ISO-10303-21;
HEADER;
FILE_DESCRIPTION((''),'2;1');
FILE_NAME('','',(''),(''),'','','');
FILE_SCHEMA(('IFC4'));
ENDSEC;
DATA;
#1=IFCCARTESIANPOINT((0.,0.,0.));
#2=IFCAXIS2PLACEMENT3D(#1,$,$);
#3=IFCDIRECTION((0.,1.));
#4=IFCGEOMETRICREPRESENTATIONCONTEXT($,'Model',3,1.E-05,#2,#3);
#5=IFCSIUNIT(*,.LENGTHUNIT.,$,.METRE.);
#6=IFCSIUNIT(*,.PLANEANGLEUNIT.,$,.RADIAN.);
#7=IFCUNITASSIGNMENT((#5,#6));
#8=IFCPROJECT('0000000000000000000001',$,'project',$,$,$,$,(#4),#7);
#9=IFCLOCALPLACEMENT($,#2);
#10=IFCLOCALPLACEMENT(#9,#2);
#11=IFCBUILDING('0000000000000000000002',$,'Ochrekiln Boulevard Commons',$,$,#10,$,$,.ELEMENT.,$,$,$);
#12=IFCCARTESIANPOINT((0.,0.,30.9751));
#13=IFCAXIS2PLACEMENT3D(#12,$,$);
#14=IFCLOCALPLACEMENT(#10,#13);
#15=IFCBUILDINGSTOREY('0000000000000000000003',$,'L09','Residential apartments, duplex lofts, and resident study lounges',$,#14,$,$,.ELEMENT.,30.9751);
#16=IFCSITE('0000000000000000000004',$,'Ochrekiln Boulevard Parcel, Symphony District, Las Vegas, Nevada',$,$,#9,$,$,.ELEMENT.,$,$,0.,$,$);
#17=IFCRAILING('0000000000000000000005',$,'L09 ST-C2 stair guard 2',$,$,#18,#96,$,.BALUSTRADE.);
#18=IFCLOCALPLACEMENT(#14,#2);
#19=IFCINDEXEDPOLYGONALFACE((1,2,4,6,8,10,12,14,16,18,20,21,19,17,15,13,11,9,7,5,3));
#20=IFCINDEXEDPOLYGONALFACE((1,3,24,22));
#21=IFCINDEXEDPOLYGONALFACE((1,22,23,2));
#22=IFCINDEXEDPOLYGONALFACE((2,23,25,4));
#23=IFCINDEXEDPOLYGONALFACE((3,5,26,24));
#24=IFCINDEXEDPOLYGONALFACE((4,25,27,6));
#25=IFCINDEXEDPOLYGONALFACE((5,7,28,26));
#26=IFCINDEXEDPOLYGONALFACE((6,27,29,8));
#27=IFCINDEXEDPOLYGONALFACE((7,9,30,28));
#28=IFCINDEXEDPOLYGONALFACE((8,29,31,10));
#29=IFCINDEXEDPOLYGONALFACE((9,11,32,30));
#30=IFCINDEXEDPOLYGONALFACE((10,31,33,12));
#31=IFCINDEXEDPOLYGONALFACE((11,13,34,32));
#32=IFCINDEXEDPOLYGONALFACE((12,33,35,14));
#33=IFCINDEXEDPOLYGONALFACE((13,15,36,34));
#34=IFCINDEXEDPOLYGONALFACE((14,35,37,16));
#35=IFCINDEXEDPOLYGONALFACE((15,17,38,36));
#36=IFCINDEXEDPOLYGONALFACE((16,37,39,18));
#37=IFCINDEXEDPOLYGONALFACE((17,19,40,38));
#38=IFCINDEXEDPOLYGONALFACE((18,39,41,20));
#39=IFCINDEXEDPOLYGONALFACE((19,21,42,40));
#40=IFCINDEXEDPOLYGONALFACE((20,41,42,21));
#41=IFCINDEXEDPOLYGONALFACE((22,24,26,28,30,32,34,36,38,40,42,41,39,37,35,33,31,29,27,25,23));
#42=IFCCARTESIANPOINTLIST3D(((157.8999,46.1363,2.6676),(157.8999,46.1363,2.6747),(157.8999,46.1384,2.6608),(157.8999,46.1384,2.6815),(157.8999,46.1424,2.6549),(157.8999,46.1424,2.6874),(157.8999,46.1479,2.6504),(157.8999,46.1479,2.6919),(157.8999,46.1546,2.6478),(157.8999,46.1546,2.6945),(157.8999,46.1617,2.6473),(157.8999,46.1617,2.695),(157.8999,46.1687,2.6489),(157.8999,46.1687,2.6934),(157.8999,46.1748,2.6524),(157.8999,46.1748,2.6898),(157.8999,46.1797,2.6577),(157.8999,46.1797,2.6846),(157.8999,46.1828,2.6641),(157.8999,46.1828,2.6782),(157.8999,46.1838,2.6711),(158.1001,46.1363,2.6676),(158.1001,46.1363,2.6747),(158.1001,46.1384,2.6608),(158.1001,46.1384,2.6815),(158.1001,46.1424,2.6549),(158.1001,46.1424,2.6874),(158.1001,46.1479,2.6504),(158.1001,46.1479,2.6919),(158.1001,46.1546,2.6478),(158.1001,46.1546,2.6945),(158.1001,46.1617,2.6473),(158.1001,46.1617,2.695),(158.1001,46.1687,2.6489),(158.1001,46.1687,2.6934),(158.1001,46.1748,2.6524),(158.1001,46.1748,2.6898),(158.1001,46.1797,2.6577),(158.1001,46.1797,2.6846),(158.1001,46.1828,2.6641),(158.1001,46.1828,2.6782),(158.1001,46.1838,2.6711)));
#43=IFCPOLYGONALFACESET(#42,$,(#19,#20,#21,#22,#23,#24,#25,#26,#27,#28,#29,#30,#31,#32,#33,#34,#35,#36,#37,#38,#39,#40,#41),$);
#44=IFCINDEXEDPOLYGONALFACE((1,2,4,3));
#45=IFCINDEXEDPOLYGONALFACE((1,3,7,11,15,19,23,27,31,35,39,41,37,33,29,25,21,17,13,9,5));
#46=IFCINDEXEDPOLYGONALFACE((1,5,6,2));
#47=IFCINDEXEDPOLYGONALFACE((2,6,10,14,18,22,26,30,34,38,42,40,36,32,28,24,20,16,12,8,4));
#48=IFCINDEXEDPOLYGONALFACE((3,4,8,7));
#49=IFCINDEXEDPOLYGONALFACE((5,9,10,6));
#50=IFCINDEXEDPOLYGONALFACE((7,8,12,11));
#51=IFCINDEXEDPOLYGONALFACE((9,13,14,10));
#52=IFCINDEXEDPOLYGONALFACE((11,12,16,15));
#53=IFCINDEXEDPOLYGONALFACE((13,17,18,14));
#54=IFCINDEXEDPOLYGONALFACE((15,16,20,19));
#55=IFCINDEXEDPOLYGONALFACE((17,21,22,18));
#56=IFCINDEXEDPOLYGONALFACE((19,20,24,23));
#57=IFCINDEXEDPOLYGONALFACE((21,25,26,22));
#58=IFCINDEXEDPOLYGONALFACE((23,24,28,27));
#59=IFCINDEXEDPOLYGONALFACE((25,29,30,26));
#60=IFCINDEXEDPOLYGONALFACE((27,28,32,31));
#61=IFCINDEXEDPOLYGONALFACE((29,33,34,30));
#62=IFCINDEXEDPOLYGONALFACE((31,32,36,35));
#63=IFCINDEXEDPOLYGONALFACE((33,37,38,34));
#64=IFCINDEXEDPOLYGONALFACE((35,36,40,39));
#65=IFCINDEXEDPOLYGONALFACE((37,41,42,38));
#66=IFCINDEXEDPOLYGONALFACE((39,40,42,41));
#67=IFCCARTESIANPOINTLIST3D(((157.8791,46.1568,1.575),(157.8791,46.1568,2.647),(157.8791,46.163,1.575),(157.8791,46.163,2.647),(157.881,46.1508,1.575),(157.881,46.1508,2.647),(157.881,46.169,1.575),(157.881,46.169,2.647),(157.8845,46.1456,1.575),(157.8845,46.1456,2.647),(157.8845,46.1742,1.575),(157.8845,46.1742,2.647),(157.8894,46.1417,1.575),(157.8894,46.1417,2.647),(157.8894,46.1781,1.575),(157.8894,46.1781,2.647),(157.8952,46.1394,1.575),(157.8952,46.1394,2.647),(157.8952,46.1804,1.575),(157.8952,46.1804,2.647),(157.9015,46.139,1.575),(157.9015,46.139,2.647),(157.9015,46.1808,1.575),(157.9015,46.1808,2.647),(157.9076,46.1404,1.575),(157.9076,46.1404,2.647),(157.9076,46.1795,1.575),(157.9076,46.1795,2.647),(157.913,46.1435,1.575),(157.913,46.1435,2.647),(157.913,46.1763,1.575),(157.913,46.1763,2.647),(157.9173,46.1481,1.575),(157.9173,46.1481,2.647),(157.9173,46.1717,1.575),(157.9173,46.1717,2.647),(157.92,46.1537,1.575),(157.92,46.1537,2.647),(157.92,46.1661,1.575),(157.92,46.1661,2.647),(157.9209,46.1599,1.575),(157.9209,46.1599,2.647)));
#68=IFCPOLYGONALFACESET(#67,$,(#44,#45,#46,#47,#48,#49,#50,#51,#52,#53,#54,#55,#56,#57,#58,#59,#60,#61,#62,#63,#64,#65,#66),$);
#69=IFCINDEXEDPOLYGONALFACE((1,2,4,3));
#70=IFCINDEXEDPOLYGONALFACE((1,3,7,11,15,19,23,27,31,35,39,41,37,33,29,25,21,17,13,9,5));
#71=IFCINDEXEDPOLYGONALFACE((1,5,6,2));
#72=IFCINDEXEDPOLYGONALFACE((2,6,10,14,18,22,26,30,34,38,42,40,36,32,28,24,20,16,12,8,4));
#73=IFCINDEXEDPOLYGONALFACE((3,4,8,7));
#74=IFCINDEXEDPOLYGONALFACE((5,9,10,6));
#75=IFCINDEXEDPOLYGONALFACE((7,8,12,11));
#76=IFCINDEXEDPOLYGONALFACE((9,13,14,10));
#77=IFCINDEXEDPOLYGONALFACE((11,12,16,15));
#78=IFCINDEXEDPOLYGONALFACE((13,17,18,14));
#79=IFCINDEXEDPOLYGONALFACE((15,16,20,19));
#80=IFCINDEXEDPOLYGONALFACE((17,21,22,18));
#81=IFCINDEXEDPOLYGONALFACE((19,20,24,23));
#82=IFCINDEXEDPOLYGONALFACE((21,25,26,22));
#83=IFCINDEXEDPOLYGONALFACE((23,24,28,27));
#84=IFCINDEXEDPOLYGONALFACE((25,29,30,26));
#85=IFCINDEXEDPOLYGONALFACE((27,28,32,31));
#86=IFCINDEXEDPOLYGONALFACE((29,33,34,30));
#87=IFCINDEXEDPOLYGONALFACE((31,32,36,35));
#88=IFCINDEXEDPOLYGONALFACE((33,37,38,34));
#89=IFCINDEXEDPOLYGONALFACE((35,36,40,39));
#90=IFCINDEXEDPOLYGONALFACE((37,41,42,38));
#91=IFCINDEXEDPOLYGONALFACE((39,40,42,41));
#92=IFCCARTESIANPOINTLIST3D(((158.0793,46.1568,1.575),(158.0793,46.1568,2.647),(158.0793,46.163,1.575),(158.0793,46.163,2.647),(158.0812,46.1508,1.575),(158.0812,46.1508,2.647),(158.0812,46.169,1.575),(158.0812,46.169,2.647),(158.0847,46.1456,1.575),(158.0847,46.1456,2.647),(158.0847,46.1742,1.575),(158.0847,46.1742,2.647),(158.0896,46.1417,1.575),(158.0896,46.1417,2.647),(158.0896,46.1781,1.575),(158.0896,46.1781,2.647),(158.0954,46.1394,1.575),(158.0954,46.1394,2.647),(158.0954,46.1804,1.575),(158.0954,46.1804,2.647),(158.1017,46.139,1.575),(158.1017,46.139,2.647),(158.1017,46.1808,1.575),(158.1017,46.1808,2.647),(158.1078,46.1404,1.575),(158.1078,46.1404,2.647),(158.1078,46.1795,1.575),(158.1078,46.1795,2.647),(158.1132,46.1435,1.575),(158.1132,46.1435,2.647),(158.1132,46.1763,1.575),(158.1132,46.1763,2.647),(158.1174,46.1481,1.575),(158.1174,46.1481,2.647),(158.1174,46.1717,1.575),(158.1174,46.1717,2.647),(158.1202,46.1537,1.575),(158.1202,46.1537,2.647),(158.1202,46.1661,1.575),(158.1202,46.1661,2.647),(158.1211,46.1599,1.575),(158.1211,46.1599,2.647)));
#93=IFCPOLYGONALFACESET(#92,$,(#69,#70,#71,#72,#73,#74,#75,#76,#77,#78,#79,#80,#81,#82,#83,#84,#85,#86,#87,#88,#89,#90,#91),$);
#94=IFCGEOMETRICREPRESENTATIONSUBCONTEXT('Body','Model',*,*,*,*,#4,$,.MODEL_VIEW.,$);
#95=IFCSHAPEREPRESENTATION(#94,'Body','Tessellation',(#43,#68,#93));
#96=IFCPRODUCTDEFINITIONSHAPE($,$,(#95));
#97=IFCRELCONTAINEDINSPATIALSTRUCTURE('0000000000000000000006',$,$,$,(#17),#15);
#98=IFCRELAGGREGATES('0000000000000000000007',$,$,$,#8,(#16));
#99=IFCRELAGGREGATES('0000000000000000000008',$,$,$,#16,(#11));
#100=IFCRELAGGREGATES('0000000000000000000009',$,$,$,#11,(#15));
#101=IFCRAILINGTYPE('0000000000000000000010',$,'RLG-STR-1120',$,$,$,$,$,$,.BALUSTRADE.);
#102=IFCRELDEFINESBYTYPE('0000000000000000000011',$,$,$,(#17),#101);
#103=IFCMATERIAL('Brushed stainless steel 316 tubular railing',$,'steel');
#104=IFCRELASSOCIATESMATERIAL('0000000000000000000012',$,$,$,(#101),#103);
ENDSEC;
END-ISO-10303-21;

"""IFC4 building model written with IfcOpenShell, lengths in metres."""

from ifc_helpers import new_model, si_unit, direction, frame, origin, origin_2d, place, context, subcontext, project, spatial, circle, extrude, material, type_object, element, save


model = new_model("IFC4")

# Units and contexts
model_context = context("Model", 3, precision=1e-05, world=origin(), true_north=direction((0.0, 1.0)))
body_context = subcontext(model_context, "Body", "Model", "MODEL_VIEW")
ifc_project = project(units=[si_unit("LENGTHUNIT", "METRE"), si_unit("PLANEANGLEUNIT", "RADIAN")], contexts=[model_context])

# Site, building, storey
site_placement = place(None, origin())
site = spatial("IfcSite", under=ifc_project, at=site_placement, Name="Ochrekiln Boulevard Parcel, Symphony District, Las Vegas, Nevada", CompositionType="ELEMENT", RefElevation=0.0)
building_placement = place(site_placement, origin())
building = spatial("IfcBuilding", under=site, at=building_placement, Name="Ochrekiln Boulevard Commons", CompositionType="ELEMENT")
storey_placement = place(building_placement, frame((0.0, 0.0, 30.9751)))
storey = spatial("IfcBuildingStorey", under=building, at=storey_placement, Name="L09", Description="Residential apartments, duplex lofts, and resident study lounges", CompositionType="ELEMENT", Elevation=30.9751)

# Railing
ifc_material_1 = material(Name="Brushed stainless steel 316 tubular railing", Category="steel")
railing_type_1 = type_object("IfcRailingType", Name="RLG-STR-1120", PredefinedType="BALUSTRADE", material=ifc_material_1)
railing_1_placement = place(storey_placement, frame((157.8999, 46.1599, 1.575)))
element("IfcRailing", 1, at=railing_1_placement, inside=storey, type_object=railing_type_1, Name="L09 ST-C2 stair guard 2", PredefinedType="BALUSTRADE", context=body_context, shape_type="SweptSolid", body=[
    extrude(circle(Radius=0.0239, at=origin_2d()), frame((0.0, 0.0, 1.0962), z_axis=(1.0, 0.0, 0.0), x_axis=(0.0, 1.0, 0.0)), (0.0, 0.0, 1.0), 0.2002),
    extrude(circle(Radius=0.021, at=origin_2d()), origin(), (0.0, 0.0, 1.0), 1.072),
    extrude(circle(Radius=0.021, at=origin_2d()), frame((0.2002, 0.0, 0.0)), (0.0, 0.0, 1.0), 1.072),
])

save(model, "model.ifc")
